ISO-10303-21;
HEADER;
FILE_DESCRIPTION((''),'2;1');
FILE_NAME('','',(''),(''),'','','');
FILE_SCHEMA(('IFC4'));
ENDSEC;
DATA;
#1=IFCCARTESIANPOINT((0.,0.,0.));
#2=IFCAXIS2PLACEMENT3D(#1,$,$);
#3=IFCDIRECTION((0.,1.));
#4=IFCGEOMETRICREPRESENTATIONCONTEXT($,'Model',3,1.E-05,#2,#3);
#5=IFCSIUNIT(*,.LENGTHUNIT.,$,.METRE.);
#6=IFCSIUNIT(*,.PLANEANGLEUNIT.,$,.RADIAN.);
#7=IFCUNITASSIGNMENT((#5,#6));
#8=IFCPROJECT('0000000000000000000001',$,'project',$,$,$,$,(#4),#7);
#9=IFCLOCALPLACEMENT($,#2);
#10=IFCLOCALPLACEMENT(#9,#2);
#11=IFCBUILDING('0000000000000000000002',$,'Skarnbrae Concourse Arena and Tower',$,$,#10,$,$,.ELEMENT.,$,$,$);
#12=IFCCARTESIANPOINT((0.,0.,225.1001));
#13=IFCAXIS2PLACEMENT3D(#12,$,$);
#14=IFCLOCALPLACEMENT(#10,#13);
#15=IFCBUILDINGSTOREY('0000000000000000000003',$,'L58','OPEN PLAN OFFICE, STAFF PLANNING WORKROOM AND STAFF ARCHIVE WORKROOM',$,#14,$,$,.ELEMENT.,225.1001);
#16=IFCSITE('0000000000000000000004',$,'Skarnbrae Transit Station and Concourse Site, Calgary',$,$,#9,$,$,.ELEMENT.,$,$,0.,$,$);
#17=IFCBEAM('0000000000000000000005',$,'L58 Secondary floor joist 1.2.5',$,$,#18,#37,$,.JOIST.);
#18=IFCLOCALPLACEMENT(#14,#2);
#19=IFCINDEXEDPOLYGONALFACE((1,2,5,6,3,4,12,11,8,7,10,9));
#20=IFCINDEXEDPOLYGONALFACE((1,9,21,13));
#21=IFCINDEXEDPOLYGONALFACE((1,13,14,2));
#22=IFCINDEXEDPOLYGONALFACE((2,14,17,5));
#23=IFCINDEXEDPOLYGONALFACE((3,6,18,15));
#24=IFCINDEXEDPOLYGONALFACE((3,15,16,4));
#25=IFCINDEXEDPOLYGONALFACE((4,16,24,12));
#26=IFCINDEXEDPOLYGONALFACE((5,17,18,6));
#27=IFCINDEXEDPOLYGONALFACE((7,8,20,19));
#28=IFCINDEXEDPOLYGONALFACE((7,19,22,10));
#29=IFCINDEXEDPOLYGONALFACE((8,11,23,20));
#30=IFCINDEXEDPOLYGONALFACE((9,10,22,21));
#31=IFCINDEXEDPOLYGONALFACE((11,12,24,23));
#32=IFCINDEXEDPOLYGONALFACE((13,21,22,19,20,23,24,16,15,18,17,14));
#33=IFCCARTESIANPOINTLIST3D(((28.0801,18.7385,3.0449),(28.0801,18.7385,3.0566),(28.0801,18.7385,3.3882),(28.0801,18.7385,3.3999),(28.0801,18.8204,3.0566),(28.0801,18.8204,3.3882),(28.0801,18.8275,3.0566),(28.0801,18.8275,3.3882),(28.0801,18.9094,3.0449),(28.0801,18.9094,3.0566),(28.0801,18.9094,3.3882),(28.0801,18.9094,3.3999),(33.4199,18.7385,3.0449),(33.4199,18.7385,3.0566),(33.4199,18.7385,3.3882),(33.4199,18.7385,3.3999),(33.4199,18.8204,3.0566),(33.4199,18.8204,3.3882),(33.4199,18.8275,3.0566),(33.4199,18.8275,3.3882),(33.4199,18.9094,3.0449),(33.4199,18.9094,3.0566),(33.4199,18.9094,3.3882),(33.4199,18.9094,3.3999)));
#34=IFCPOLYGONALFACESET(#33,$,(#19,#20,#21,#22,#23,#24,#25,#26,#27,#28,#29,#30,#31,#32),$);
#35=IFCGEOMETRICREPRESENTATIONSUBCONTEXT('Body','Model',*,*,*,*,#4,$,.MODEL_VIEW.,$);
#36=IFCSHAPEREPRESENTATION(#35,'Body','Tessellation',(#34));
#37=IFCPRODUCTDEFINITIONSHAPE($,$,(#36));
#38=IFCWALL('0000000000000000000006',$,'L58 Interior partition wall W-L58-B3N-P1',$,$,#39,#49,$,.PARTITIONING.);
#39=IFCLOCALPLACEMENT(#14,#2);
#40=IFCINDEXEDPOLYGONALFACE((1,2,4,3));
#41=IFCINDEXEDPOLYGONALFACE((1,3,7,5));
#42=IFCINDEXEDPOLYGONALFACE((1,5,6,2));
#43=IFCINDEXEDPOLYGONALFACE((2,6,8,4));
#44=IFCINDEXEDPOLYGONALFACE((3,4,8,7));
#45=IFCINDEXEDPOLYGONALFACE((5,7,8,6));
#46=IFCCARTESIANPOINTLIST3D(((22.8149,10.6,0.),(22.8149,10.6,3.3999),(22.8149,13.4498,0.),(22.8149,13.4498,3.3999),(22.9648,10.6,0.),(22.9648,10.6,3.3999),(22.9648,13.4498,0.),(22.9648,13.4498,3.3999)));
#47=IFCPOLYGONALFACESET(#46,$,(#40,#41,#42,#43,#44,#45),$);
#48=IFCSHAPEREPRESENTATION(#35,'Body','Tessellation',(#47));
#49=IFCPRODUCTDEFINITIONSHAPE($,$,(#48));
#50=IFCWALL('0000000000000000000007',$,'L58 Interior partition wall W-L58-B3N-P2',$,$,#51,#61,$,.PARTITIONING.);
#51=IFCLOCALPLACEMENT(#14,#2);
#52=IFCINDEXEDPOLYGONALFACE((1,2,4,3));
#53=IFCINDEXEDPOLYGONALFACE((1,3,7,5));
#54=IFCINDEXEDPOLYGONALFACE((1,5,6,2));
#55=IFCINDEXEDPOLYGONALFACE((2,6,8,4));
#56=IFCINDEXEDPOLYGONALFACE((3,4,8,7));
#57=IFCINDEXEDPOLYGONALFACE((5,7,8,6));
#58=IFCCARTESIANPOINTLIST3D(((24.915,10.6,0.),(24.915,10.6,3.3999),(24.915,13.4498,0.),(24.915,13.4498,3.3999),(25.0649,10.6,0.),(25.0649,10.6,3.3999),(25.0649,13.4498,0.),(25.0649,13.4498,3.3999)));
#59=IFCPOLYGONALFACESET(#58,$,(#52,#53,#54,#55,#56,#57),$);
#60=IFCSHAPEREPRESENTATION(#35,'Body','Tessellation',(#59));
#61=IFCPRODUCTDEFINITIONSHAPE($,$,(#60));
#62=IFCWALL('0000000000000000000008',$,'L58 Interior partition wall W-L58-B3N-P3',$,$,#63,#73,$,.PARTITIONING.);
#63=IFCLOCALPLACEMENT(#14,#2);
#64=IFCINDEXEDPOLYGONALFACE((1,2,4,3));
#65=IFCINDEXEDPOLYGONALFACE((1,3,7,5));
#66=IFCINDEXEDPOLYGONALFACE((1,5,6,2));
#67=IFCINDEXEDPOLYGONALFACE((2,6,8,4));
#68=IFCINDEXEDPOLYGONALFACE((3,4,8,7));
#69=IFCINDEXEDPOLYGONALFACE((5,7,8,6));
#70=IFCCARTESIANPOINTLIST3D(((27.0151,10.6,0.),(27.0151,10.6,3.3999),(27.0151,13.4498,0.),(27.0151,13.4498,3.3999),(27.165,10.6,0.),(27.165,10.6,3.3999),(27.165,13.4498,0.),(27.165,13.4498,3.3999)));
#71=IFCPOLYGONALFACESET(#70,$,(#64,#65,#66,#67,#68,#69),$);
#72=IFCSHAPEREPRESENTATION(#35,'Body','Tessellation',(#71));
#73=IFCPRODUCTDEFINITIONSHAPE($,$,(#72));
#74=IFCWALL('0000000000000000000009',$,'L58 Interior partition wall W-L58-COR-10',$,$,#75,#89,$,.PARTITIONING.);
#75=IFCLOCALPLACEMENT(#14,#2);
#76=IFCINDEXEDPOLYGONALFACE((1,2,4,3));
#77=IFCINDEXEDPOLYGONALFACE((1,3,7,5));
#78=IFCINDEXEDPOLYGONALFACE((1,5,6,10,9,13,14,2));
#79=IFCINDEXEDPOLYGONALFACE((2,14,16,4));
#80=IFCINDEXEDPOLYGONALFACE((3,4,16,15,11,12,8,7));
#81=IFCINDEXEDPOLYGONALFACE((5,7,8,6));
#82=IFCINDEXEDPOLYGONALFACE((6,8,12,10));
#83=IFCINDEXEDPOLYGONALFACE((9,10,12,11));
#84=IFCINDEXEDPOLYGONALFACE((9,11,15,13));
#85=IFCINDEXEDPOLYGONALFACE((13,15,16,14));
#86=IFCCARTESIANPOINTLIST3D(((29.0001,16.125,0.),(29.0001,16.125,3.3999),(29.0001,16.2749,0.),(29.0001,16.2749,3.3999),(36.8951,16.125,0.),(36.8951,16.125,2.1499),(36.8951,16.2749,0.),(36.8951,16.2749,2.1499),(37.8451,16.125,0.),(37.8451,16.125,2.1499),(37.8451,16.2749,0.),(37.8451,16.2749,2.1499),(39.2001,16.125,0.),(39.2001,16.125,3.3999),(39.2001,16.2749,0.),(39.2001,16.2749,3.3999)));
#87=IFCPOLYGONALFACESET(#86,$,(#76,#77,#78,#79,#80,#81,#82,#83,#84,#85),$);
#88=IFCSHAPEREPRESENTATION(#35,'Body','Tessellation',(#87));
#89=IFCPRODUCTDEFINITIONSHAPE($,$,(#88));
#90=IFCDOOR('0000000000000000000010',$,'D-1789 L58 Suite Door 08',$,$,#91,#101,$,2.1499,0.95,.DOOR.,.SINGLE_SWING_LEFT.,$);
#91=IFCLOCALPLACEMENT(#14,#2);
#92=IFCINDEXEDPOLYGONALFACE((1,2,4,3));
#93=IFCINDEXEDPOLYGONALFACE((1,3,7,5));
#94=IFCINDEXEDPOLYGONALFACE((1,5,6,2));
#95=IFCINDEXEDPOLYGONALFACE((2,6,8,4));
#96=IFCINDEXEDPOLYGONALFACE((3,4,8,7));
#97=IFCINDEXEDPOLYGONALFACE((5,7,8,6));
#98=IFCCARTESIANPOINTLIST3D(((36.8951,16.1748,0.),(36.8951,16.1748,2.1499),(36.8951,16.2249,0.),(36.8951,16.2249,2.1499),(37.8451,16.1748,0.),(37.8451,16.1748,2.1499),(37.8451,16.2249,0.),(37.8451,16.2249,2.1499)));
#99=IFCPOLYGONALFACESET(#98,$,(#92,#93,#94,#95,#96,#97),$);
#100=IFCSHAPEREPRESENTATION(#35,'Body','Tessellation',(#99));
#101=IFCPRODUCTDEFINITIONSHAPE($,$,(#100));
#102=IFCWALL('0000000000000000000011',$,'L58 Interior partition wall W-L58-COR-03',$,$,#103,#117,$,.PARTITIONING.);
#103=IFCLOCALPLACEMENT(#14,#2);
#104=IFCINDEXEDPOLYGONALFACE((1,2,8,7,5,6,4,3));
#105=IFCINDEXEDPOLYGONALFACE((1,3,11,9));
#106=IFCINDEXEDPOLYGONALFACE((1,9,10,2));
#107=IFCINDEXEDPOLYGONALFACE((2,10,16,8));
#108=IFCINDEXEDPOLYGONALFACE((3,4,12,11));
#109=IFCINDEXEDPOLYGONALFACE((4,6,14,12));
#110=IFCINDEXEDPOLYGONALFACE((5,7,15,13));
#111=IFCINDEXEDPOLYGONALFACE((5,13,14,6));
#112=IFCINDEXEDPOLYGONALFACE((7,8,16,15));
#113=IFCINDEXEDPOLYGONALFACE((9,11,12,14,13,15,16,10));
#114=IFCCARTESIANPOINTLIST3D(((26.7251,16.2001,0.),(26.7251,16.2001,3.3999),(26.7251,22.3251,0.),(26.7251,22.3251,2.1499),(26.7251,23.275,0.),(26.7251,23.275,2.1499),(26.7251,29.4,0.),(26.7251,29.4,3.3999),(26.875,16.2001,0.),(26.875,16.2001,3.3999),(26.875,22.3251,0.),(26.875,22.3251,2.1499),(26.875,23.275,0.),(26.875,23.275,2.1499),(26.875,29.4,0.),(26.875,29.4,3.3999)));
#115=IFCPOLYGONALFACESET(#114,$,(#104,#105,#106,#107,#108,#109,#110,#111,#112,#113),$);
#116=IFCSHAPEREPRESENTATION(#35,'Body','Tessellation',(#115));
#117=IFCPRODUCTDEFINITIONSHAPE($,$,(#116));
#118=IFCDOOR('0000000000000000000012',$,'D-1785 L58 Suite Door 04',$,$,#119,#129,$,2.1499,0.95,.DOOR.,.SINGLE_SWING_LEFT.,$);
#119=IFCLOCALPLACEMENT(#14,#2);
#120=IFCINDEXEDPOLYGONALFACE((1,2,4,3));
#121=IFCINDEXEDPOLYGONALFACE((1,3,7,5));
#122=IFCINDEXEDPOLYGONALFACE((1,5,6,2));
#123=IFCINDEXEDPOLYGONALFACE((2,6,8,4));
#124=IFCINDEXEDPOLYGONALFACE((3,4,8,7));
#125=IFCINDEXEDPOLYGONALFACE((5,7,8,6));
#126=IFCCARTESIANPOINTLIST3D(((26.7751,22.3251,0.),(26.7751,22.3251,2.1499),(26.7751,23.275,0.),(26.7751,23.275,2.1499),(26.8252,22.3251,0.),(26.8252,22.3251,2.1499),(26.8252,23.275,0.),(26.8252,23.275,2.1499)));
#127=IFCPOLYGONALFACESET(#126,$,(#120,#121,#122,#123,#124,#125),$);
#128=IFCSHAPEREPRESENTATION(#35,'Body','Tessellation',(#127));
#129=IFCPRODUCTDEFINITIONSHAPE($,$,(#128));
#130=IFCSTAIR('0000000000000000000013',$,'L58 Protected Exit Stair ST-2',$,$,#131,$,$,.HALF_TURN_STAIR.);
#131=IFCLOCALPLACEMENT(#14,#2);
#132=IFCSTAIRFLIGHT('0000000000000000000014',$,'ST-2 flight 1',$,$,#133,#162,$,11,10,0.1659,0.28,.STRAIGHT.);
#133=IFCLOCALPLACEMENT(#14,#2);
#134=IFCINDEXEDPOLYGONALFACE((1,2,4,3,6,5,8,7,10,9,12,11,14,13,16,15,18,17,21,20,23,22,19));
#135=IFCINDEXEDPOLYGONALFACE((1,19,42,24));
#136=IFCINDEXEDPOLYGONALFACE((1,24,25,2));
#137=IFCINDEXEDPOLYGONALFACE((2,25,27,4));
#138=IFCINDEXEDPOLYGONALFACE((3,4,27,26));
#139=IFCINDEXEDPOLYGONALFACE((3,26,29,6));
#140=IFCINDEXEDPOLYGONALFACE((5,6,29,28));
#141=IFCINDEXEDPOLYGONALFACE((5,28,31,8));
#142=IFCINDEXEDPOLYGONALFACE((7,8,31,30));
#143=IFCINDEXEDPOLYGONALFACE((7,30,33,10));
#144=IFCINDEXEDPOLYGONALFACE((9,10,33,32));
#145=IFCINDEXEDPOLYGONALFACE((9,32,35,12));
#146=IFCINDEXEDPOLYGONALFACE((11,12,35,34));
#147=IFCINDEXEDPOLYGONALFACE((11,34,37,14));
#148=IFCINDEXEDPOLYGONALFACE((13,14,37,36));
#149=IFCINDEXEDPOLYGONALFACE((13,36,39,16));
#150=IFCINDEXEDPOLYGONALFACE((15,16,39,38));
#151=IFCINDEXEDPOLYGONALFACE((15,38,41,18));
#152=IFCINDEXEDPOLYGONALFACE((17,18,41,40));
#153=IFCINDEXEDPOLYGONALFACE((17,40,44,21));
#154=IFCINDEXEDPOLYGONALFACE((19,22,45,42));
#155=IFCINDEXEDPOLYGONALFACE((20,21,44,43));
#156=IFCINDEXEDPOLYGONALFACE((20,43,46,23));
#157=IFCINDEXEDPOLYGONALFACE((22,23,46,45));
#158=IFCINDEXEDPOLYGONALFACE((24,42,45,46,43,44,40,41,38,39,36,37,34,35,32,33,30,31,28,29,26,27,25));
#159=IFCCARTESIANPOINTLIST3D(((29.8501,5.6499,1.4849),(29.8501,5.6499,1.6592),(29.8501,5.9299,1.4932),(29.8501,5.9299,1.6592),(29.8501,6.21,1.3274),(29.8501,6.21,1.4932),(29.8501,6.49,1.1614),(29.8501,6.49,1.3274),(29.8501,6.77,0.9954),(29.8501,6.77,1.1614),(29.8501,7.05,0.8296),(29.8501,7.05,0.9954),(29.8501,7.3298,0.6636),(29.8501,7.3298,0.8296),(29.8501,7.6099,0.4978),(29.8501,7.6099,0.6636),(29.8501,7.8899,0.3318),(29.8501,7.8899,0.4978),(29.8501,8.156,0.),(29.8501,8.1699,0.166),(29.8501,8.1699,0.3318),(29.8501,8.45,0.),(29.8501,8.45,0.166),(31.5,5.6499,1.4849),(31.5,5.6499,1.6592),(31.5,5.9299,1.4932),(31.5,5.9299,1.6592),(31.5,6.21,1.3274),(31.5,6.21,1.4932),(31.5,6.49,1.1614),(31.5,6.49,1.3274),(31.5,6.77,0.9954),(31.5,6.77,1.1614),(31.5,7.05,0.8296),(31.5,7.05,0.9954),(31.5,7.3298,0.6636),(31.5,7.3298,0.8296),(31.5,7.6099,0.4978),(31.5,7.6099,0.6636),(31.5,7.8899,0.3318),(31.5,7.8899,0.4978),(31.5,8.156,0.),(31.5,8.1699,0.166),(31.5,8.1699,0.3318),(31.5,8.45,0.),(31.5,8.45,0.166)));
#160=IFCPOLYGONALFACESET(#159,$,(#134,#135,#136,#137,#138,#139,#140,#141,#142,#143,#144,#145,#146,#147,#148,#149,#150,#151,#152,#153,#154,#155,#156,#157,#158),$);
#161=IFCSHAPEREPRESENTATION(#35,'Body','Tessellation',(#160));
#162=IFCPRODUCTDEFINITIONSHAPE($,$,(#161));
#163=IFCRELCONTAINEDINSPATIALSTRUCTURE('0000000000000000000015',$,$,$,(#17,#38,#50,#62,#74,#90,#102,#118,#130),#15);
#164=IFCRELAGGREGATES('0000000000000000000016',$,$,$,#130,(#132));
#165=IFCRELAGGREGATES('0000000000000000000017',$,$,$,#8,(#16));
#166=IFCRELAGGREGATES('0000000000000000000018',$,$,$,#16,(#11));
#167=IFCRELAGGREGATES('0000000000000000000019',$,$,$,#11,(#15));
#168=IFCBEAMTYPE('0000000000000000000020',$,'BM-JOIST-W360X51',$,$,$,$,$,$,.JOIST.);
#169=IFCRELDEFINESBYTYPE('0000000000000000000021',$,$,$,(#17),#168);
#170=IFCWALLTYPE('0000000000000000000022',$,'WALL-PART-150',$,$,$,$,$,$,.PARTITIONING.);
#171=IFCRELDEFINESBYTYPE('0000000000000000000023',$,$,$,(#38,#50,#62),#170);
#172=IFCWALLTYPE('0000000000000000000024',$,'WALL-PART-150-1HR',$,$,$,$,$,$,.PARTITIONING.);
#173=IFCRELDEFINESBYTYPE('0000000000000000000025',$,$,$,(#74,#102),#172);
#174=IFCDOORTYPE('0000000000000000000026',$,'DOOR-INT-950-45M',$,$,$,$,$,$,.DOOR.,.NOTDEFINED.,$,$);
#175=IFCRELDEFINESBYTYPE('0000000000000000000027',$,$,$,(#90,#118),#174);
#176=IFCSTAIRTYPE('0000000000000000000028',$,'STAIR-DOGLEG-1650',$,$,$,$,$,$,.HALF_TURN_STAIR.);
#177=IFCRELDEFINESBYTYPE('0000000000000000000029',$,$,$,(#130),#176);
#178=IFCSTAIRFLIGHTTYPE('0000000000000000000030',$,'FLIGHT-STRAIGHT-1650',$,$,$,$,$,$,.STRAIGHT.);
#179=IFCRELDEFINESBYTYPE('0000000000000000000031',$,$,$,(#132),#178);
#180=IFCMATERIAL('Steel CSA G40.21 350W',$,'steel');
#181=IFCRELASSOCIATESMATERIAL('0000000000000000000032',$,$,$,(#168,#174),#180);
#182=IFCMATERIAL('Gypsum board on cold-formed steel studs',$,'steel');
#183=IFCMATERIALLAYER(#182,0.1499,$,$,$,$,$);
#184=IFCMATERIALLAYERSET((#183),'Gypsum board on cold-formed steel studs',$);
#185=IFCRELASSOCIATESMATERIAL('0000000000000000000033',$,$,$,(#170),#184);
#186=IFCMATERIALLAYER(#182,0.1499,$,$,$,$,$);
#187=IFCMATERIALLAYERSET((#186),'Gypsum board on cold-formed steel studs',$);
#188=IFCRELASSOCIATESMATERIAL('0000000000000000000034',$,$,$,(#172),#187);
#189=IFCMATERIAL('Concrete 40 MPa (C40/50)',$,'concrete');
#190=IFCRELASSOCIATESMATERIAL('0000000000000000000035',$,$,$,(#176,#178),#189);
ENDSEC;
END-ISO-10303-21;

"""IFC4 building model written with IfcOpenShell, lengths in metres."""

from ifc_helpers import new_model, si_unit, direction, frame, frame_2d, origin, origin_2d, place, context, subcontext, project, spatial, polyline, rectangle, i_section, outline, extrude, source, transform, mapped, material, layer, layer_set, material_profile, profile_set, type_object, element, fill, aggregate, save


model = new_model("IFC4")

# Units and contexts
model_context = context("Model", 3, precision=1e-05, world=origin(), true_north=direction((0.0, 1.0)))
body_context = subcontext(model_context, "Body", "Model", "MODEL_VIEW")
ifc_project = project(units=[si_unit("LENGTHUNIT", "METRE"), si_unit("PLANEANGLEUNIT", "RADIAN")], contexts=[model_context])

# Site, building, storey
site_placement = place(None, origin())
site = spatial("IfcSite", under=ifc_project, at=site_placement, Name="Skarnbrae Transit Station and Concourse Site, Calgary", CompositionType="ELEMENT", RefElevation=0.0)
building_placement = place(site_placement, origin())
building = spatial("IfcBuilding", under=site, at=building_placement, Name="Skarnbrae Concourse Arena and Tower", CompositionType="ELEMENT")
storey_placement = place(building_placement, frame((0.0, 0.0, 225.1001)))
storey = spatial("IfcBuildingStorey", under=building, at=storey_placement, Name="L58", Description="OPEN PLAN OFFICE, STAFF PLANNING WORKROOM AND STAFF ARCHIVE WORKROOM", CompositionType="ELEMENT", Elevation=225.1001)

# Shared definitions
ifc_material_1 = material(Name="Steel CSA G40.21 350W", Category="steel")

# Beam
ifc_material_profile_1 = material_profile(ifc_material_1, i_section(OverallWidth=0.1709, OverallDepth=0.355, WebThickness=0.0071, FlangeThickness=0.0117, at=origin_2d()), Name="W360X51")
ifc_profile_set_1 = profile_set([ifc_material_profile_1], Name="Steel CSA G40.21 350W")
beam_type_1 = type_object("IfcBeamType", Name="BM-JOIST-W360X51", PredefinedType="JOIST", material=ifc_profile_set_1)
shared_shape_1 = source(origin(), body_context, "Body", "SweptSolid", [
    extrude(i_section(OverallWidth=0.1709, OverallDepth=0.355, WebThickness=0.0071, FlangeThickness=0.0117, at=origin_2d()), origin(), (0.0, 0.0, 1.0), 5.3398),
])
for number, where, z_axis, x_axis, name in (
    (1, (28.0801, 18.824, 3.2224), (1.0, 0.0, 0.0), (0.0, 1.0, 0.0), "L58 Secondary floor joist 1.2.5"),
):
    element("IfcBeam", number, at=place(storey_placement, frame(where, z_axis=z_axis, x_axis=x_axis)), inside=storey, type_object=beam_type_1, Name=name, PredefinedType="JOIST", context=body_context, shape_type="MappedRepresentation", body=[
        mapped(shared_shape_1, transform((0.0, 0.0, 0.0))),
    ])

# Walls
ifc_material_2 = material(Name="Gypsum board on cold-formed steel studs", Category="steel")
ifc_layer_1 = layer(ifc_material_2, 0.1499)
ifc_layer_set_1 = layer_set([ifc_layer_1], Name="Gypsum board on cold-formed steel studs")
wall_type_1 = type_object("IfcWallType", Name="WALL-PART-150", PredefinedType="PARTITIONING", material=ifc_layer_set_1)
shared_shape_2 = source(origin(), body_context, "Body", "SweptSolid", [
    extrude(rectangle(XDim=2.8499, YDim=0.1499, at=frame_2d((1.4248, 0.0))), origin(), (0.0, 0.0, 1.0), 3.3999),
])
for number, where, z_axis, x_axis, name in (
    (2, (22.8899, 10.6001, 0.0), (0.0, 0.0, 1.0), (0.0, 1.0, 0.0), "L58 Interior partition wall W-L58-B3N-P1"),
    (3, (24.99, 10.6001, 0.0), (0.0, 0.0, 1.0), (0.0, 1.0, 0.0), "L58 Interior partition wall W-L58-B3N-P2"),
    (4, (27.0901, 10.6001, 0.0), (0.0, 0.0, 1.0), (0.0, 1.0, 0.0), "L58 Interior partition wall W-L58-B3N-P3"),
):
    element("IfcWall", number, at=place(storey_placement, frame(where, z_axis=z_axis, x_axis=x_axis)), inside=storey, type_object=wall_type_1, Name=name, PredefinedType="PARTITIONING", context=body_context, shape_type="MappedRepresentation", body=[
        mapped(shared_shape_2, transform((0.0, 0.0, 0.0))),
    ])

# Walls, openings, doors
ifc_layer_2 = layer(ifc_material_2, 0.1499)
ifc_layer_set_2 = layer_set([ifc_layer_2], Name="Gypsum board on cold-formed steel studs")
wall_type_2 = type_object("IfcWallType", Name="WALL-PART-150-1HR", PredefinedType="PARTITIONING", material=ifc_layer_set_2)
shared_shape_3 = source(origin(), body_context, "Body", "SweptSolid", [
    extrude(rectangle(XDim=10.2, YDim=0.1499, at=frame_2d((5.1001, 0.0))), origin(), (0.0, 0.0, 1.0), 3.3999),
])
wall_1_placement = place(storey_placement, frame((29.0, 16.2, 0.0), z_axis=(0.0, 0.0, 1.0), x_axis=(1.0, 0.0, 0.0)))
wall_1 = element("IfcWall", 5, at=wall_1_placement, inside=storey, type_object=wall_type_2, Name="L58 Interior partition wall W-L58-COR-10", PredefinedType="PARTITIONING", context=body_context, shape_type="MappedRepresentation", body=[
    mapped(shared_shape_3, transform((0.0, 0.0, 0.0))),
])
opening_1_placement = place(wall_1_placement, frame((7.895, 0.0, 0.0)))
opening_1 = element("IfcOpeningElement", 6, at=opening_1_placement, cuts=wall_1, PredefinedType="OPENING", context=body_context, shape_type="SweptSolid", body=[
    extrude(rectangle(XDim=0.95, YDim=2.1499, at=frame_2d((0.4751, 1.075))), frame((0.0, 0.085, 0.0), z_axis=(0.0, -1.0, 0.0), x_axis=(1.0, 0.0, 0.0)), (0.0, 0.0, 1.0), 0.1699),
])
door_type_1 = type_object("IfcDoorType", Name="DOOR-INT-950-45M", OperationType="NOTDEFINED", PredefinedType="DOOR", material=ifc_material_1)
shared_shape_4 = source(origin(), body_context, "Body", "SweptSolid", [
    extrude(rectangle(XDim=0.95, YDim=2.1499, at=frame_2d((0.4751, 1.075))), frame((0.0, 0.0249, 0.0), z_axis=(0.0, -1.0, 0.0), x_axis=(1.0, 0.0, 0.0)), (0.0, 0.0, 1.0), 0.05),
])
door_1_placement = place(opening_1_placement, origin())
door_1 = element("IfcDoor", 7, at=door_1_placement, inside=storey, type_object=door_type_1, Name="D-1789 L58 Suite Door 08", OperationType="SINGLE_SWING_LEFT", OverallHeight=2.1499, OverallWidth=0.95, PredefinedType="DOOR", context=body_context, shape_type="MappedRepresentation", body=[
    mapped(shared_shape_4, transform((0.0, 0.0, 0.0))),
])
fill(opening_1, door_1)
shared_shape_5 = source(origin(), body_context, "Body", "SweptSolid", [
    extrude(rectangle(XDim=13.2, YDim=0.1499, at=frame_2d((6.6001, 0.0))), origin(), (0.0, 0.0, 1.0), 3.3999),
])
wall_2_placement = place(storey_placement, frame((26.8, 16.2, 0.0), z_axis=(0.0, 0.0, 1.0), x_axis=(0.0, 1.0, 0.0)))
wall_2 = element("IfcWall", 8, at=wall_2_placement, inside=storey, type_object=wall_type_2, Name="L58 Interior partition wall W-L58-COR-03", PredefinedType="PARTITIONING", context=body_context, shape_type="MappedRepresentation", body=[
    mapped(shared_shape_5, transform((0.0, 0.0, 0.0))),
])
opening_2_placement = place(wall_2_placement, frame((6.125, 0.0, 0.0)))
opening_2 = element("IfcOpeningElement", 9, at=opening_2_placement, cuts=wall_2, PredefinedType="OPENING", context=body_context, shape_type="SweptSolid", body=[
    extrude(rectangle(XDim=0.95, YDim=2.1499, at=frame_2d((0.4751, 1.075))), frame((0.0, 0.085, 0.0), z_axis=(0.0, -1.0, 0.0), x_axis=(1.0, 0.0, 0.0)), (0.0, 0.0, 1.0), 0.1699),
])
door_2_placement = place(opening_2_placement, origin())
door_2 = element("IfcDoor", 10, at=door_2_placement, inside=storey, type_object=door_type_1, Name="D-1785 L58 Suite Door 04", OperationType="SINGLE_SWING_LEFT", OverallHeight=2.1499, OverallWidth=0.95, PredefinedType="DOOR", context=body_context, shape_type="MappedRepresentation", body=[
    mapped(shared_shape_4, transform((0.0, 0.0, 0.0))),
])
fill(opening_2, door_2)

# Stair, stair flight
ifc_material_3 = material(Name="Concrete 40 MPa (C40/50)", Category="concrete")
stair_type = type_object("IfcStairType", Name="STAIR-DOGLEG-1650", PredefinedType="HALF_TURN_STAIR", material=ifc_material_3)
stair_placement = place(storey_placement, origin())
stair = element("IfcStair", 11, at=stair_placement, inside=storey, type_object=stair_type, Name="L58 Protected Exit Stair ST-2", PredefinedType="HALF_TURN_STAIR")
stair_flight_type = type_object("IfcStairFlightType", Name="FLIGHT-STRAIGHT-1650", PredefinedType="STRAIGHT", material=ifc_material_3)
shared_shape_6 = source(origin(), body_context, "Body", "SweptSolid", [
    extrude(outline(polyline([(0.0, 0.0), (0.0, 0.166), (0.28, 0.166), (0.28, 0.3318), (0.5601, 0.3318), (0.5601, 0.4978), (0.8401, 0.4978), (0.8401, 0.6636), (1.1201, 0.6636), (1.1201, 0.8296), (1.3999, 0.8296), (1.3999, 0.9954), (1.6799, 0.9954), (1.6799, 1.1614), (1.96, 1.1614), (1.96, 1.3274), (2.24, 1.3274), (2.24, 1.4932), (2.52, 1.4932), (2.52, 1.6592), (2.8, 1.6592), (2.8, 1.825), (2.8, 1.4849), (0.2939, 0.0), (0.0, 0.0)])), frame((0.0, 0.825, 0.0), z_axis=(0.0, -1.0, 0.0), x_axis=(1.0, 0.0, 0.0)), (0.0, 0.0, 1.0), 1.6499),
])
stair_flight_placement = place(storey_placement, frame((30.675, 8.45, 0.0), z_axis=(0.0, 0.0, 1.0), x_axis=(0.0, -1.0, 0.0)))
stair_flight = element("IfcStairFlight", 12, at=stair_flight_placement, type_object=stair_flight_type, Name="ST-2 flight 1", NumberOfRisers=11, NumberOfTreads=10, PredefinedType="STRAIGHT", RiserHeight=0.1659, TreadLength=0.28, context=body_context, shape_type="MappedRepresentation", body=[
    mapped(shared_shape_6, transform((0.0, 0.0, 0.0))),
])
aggregate(stair, [stair_flight])

save(model, "model.ifc")
